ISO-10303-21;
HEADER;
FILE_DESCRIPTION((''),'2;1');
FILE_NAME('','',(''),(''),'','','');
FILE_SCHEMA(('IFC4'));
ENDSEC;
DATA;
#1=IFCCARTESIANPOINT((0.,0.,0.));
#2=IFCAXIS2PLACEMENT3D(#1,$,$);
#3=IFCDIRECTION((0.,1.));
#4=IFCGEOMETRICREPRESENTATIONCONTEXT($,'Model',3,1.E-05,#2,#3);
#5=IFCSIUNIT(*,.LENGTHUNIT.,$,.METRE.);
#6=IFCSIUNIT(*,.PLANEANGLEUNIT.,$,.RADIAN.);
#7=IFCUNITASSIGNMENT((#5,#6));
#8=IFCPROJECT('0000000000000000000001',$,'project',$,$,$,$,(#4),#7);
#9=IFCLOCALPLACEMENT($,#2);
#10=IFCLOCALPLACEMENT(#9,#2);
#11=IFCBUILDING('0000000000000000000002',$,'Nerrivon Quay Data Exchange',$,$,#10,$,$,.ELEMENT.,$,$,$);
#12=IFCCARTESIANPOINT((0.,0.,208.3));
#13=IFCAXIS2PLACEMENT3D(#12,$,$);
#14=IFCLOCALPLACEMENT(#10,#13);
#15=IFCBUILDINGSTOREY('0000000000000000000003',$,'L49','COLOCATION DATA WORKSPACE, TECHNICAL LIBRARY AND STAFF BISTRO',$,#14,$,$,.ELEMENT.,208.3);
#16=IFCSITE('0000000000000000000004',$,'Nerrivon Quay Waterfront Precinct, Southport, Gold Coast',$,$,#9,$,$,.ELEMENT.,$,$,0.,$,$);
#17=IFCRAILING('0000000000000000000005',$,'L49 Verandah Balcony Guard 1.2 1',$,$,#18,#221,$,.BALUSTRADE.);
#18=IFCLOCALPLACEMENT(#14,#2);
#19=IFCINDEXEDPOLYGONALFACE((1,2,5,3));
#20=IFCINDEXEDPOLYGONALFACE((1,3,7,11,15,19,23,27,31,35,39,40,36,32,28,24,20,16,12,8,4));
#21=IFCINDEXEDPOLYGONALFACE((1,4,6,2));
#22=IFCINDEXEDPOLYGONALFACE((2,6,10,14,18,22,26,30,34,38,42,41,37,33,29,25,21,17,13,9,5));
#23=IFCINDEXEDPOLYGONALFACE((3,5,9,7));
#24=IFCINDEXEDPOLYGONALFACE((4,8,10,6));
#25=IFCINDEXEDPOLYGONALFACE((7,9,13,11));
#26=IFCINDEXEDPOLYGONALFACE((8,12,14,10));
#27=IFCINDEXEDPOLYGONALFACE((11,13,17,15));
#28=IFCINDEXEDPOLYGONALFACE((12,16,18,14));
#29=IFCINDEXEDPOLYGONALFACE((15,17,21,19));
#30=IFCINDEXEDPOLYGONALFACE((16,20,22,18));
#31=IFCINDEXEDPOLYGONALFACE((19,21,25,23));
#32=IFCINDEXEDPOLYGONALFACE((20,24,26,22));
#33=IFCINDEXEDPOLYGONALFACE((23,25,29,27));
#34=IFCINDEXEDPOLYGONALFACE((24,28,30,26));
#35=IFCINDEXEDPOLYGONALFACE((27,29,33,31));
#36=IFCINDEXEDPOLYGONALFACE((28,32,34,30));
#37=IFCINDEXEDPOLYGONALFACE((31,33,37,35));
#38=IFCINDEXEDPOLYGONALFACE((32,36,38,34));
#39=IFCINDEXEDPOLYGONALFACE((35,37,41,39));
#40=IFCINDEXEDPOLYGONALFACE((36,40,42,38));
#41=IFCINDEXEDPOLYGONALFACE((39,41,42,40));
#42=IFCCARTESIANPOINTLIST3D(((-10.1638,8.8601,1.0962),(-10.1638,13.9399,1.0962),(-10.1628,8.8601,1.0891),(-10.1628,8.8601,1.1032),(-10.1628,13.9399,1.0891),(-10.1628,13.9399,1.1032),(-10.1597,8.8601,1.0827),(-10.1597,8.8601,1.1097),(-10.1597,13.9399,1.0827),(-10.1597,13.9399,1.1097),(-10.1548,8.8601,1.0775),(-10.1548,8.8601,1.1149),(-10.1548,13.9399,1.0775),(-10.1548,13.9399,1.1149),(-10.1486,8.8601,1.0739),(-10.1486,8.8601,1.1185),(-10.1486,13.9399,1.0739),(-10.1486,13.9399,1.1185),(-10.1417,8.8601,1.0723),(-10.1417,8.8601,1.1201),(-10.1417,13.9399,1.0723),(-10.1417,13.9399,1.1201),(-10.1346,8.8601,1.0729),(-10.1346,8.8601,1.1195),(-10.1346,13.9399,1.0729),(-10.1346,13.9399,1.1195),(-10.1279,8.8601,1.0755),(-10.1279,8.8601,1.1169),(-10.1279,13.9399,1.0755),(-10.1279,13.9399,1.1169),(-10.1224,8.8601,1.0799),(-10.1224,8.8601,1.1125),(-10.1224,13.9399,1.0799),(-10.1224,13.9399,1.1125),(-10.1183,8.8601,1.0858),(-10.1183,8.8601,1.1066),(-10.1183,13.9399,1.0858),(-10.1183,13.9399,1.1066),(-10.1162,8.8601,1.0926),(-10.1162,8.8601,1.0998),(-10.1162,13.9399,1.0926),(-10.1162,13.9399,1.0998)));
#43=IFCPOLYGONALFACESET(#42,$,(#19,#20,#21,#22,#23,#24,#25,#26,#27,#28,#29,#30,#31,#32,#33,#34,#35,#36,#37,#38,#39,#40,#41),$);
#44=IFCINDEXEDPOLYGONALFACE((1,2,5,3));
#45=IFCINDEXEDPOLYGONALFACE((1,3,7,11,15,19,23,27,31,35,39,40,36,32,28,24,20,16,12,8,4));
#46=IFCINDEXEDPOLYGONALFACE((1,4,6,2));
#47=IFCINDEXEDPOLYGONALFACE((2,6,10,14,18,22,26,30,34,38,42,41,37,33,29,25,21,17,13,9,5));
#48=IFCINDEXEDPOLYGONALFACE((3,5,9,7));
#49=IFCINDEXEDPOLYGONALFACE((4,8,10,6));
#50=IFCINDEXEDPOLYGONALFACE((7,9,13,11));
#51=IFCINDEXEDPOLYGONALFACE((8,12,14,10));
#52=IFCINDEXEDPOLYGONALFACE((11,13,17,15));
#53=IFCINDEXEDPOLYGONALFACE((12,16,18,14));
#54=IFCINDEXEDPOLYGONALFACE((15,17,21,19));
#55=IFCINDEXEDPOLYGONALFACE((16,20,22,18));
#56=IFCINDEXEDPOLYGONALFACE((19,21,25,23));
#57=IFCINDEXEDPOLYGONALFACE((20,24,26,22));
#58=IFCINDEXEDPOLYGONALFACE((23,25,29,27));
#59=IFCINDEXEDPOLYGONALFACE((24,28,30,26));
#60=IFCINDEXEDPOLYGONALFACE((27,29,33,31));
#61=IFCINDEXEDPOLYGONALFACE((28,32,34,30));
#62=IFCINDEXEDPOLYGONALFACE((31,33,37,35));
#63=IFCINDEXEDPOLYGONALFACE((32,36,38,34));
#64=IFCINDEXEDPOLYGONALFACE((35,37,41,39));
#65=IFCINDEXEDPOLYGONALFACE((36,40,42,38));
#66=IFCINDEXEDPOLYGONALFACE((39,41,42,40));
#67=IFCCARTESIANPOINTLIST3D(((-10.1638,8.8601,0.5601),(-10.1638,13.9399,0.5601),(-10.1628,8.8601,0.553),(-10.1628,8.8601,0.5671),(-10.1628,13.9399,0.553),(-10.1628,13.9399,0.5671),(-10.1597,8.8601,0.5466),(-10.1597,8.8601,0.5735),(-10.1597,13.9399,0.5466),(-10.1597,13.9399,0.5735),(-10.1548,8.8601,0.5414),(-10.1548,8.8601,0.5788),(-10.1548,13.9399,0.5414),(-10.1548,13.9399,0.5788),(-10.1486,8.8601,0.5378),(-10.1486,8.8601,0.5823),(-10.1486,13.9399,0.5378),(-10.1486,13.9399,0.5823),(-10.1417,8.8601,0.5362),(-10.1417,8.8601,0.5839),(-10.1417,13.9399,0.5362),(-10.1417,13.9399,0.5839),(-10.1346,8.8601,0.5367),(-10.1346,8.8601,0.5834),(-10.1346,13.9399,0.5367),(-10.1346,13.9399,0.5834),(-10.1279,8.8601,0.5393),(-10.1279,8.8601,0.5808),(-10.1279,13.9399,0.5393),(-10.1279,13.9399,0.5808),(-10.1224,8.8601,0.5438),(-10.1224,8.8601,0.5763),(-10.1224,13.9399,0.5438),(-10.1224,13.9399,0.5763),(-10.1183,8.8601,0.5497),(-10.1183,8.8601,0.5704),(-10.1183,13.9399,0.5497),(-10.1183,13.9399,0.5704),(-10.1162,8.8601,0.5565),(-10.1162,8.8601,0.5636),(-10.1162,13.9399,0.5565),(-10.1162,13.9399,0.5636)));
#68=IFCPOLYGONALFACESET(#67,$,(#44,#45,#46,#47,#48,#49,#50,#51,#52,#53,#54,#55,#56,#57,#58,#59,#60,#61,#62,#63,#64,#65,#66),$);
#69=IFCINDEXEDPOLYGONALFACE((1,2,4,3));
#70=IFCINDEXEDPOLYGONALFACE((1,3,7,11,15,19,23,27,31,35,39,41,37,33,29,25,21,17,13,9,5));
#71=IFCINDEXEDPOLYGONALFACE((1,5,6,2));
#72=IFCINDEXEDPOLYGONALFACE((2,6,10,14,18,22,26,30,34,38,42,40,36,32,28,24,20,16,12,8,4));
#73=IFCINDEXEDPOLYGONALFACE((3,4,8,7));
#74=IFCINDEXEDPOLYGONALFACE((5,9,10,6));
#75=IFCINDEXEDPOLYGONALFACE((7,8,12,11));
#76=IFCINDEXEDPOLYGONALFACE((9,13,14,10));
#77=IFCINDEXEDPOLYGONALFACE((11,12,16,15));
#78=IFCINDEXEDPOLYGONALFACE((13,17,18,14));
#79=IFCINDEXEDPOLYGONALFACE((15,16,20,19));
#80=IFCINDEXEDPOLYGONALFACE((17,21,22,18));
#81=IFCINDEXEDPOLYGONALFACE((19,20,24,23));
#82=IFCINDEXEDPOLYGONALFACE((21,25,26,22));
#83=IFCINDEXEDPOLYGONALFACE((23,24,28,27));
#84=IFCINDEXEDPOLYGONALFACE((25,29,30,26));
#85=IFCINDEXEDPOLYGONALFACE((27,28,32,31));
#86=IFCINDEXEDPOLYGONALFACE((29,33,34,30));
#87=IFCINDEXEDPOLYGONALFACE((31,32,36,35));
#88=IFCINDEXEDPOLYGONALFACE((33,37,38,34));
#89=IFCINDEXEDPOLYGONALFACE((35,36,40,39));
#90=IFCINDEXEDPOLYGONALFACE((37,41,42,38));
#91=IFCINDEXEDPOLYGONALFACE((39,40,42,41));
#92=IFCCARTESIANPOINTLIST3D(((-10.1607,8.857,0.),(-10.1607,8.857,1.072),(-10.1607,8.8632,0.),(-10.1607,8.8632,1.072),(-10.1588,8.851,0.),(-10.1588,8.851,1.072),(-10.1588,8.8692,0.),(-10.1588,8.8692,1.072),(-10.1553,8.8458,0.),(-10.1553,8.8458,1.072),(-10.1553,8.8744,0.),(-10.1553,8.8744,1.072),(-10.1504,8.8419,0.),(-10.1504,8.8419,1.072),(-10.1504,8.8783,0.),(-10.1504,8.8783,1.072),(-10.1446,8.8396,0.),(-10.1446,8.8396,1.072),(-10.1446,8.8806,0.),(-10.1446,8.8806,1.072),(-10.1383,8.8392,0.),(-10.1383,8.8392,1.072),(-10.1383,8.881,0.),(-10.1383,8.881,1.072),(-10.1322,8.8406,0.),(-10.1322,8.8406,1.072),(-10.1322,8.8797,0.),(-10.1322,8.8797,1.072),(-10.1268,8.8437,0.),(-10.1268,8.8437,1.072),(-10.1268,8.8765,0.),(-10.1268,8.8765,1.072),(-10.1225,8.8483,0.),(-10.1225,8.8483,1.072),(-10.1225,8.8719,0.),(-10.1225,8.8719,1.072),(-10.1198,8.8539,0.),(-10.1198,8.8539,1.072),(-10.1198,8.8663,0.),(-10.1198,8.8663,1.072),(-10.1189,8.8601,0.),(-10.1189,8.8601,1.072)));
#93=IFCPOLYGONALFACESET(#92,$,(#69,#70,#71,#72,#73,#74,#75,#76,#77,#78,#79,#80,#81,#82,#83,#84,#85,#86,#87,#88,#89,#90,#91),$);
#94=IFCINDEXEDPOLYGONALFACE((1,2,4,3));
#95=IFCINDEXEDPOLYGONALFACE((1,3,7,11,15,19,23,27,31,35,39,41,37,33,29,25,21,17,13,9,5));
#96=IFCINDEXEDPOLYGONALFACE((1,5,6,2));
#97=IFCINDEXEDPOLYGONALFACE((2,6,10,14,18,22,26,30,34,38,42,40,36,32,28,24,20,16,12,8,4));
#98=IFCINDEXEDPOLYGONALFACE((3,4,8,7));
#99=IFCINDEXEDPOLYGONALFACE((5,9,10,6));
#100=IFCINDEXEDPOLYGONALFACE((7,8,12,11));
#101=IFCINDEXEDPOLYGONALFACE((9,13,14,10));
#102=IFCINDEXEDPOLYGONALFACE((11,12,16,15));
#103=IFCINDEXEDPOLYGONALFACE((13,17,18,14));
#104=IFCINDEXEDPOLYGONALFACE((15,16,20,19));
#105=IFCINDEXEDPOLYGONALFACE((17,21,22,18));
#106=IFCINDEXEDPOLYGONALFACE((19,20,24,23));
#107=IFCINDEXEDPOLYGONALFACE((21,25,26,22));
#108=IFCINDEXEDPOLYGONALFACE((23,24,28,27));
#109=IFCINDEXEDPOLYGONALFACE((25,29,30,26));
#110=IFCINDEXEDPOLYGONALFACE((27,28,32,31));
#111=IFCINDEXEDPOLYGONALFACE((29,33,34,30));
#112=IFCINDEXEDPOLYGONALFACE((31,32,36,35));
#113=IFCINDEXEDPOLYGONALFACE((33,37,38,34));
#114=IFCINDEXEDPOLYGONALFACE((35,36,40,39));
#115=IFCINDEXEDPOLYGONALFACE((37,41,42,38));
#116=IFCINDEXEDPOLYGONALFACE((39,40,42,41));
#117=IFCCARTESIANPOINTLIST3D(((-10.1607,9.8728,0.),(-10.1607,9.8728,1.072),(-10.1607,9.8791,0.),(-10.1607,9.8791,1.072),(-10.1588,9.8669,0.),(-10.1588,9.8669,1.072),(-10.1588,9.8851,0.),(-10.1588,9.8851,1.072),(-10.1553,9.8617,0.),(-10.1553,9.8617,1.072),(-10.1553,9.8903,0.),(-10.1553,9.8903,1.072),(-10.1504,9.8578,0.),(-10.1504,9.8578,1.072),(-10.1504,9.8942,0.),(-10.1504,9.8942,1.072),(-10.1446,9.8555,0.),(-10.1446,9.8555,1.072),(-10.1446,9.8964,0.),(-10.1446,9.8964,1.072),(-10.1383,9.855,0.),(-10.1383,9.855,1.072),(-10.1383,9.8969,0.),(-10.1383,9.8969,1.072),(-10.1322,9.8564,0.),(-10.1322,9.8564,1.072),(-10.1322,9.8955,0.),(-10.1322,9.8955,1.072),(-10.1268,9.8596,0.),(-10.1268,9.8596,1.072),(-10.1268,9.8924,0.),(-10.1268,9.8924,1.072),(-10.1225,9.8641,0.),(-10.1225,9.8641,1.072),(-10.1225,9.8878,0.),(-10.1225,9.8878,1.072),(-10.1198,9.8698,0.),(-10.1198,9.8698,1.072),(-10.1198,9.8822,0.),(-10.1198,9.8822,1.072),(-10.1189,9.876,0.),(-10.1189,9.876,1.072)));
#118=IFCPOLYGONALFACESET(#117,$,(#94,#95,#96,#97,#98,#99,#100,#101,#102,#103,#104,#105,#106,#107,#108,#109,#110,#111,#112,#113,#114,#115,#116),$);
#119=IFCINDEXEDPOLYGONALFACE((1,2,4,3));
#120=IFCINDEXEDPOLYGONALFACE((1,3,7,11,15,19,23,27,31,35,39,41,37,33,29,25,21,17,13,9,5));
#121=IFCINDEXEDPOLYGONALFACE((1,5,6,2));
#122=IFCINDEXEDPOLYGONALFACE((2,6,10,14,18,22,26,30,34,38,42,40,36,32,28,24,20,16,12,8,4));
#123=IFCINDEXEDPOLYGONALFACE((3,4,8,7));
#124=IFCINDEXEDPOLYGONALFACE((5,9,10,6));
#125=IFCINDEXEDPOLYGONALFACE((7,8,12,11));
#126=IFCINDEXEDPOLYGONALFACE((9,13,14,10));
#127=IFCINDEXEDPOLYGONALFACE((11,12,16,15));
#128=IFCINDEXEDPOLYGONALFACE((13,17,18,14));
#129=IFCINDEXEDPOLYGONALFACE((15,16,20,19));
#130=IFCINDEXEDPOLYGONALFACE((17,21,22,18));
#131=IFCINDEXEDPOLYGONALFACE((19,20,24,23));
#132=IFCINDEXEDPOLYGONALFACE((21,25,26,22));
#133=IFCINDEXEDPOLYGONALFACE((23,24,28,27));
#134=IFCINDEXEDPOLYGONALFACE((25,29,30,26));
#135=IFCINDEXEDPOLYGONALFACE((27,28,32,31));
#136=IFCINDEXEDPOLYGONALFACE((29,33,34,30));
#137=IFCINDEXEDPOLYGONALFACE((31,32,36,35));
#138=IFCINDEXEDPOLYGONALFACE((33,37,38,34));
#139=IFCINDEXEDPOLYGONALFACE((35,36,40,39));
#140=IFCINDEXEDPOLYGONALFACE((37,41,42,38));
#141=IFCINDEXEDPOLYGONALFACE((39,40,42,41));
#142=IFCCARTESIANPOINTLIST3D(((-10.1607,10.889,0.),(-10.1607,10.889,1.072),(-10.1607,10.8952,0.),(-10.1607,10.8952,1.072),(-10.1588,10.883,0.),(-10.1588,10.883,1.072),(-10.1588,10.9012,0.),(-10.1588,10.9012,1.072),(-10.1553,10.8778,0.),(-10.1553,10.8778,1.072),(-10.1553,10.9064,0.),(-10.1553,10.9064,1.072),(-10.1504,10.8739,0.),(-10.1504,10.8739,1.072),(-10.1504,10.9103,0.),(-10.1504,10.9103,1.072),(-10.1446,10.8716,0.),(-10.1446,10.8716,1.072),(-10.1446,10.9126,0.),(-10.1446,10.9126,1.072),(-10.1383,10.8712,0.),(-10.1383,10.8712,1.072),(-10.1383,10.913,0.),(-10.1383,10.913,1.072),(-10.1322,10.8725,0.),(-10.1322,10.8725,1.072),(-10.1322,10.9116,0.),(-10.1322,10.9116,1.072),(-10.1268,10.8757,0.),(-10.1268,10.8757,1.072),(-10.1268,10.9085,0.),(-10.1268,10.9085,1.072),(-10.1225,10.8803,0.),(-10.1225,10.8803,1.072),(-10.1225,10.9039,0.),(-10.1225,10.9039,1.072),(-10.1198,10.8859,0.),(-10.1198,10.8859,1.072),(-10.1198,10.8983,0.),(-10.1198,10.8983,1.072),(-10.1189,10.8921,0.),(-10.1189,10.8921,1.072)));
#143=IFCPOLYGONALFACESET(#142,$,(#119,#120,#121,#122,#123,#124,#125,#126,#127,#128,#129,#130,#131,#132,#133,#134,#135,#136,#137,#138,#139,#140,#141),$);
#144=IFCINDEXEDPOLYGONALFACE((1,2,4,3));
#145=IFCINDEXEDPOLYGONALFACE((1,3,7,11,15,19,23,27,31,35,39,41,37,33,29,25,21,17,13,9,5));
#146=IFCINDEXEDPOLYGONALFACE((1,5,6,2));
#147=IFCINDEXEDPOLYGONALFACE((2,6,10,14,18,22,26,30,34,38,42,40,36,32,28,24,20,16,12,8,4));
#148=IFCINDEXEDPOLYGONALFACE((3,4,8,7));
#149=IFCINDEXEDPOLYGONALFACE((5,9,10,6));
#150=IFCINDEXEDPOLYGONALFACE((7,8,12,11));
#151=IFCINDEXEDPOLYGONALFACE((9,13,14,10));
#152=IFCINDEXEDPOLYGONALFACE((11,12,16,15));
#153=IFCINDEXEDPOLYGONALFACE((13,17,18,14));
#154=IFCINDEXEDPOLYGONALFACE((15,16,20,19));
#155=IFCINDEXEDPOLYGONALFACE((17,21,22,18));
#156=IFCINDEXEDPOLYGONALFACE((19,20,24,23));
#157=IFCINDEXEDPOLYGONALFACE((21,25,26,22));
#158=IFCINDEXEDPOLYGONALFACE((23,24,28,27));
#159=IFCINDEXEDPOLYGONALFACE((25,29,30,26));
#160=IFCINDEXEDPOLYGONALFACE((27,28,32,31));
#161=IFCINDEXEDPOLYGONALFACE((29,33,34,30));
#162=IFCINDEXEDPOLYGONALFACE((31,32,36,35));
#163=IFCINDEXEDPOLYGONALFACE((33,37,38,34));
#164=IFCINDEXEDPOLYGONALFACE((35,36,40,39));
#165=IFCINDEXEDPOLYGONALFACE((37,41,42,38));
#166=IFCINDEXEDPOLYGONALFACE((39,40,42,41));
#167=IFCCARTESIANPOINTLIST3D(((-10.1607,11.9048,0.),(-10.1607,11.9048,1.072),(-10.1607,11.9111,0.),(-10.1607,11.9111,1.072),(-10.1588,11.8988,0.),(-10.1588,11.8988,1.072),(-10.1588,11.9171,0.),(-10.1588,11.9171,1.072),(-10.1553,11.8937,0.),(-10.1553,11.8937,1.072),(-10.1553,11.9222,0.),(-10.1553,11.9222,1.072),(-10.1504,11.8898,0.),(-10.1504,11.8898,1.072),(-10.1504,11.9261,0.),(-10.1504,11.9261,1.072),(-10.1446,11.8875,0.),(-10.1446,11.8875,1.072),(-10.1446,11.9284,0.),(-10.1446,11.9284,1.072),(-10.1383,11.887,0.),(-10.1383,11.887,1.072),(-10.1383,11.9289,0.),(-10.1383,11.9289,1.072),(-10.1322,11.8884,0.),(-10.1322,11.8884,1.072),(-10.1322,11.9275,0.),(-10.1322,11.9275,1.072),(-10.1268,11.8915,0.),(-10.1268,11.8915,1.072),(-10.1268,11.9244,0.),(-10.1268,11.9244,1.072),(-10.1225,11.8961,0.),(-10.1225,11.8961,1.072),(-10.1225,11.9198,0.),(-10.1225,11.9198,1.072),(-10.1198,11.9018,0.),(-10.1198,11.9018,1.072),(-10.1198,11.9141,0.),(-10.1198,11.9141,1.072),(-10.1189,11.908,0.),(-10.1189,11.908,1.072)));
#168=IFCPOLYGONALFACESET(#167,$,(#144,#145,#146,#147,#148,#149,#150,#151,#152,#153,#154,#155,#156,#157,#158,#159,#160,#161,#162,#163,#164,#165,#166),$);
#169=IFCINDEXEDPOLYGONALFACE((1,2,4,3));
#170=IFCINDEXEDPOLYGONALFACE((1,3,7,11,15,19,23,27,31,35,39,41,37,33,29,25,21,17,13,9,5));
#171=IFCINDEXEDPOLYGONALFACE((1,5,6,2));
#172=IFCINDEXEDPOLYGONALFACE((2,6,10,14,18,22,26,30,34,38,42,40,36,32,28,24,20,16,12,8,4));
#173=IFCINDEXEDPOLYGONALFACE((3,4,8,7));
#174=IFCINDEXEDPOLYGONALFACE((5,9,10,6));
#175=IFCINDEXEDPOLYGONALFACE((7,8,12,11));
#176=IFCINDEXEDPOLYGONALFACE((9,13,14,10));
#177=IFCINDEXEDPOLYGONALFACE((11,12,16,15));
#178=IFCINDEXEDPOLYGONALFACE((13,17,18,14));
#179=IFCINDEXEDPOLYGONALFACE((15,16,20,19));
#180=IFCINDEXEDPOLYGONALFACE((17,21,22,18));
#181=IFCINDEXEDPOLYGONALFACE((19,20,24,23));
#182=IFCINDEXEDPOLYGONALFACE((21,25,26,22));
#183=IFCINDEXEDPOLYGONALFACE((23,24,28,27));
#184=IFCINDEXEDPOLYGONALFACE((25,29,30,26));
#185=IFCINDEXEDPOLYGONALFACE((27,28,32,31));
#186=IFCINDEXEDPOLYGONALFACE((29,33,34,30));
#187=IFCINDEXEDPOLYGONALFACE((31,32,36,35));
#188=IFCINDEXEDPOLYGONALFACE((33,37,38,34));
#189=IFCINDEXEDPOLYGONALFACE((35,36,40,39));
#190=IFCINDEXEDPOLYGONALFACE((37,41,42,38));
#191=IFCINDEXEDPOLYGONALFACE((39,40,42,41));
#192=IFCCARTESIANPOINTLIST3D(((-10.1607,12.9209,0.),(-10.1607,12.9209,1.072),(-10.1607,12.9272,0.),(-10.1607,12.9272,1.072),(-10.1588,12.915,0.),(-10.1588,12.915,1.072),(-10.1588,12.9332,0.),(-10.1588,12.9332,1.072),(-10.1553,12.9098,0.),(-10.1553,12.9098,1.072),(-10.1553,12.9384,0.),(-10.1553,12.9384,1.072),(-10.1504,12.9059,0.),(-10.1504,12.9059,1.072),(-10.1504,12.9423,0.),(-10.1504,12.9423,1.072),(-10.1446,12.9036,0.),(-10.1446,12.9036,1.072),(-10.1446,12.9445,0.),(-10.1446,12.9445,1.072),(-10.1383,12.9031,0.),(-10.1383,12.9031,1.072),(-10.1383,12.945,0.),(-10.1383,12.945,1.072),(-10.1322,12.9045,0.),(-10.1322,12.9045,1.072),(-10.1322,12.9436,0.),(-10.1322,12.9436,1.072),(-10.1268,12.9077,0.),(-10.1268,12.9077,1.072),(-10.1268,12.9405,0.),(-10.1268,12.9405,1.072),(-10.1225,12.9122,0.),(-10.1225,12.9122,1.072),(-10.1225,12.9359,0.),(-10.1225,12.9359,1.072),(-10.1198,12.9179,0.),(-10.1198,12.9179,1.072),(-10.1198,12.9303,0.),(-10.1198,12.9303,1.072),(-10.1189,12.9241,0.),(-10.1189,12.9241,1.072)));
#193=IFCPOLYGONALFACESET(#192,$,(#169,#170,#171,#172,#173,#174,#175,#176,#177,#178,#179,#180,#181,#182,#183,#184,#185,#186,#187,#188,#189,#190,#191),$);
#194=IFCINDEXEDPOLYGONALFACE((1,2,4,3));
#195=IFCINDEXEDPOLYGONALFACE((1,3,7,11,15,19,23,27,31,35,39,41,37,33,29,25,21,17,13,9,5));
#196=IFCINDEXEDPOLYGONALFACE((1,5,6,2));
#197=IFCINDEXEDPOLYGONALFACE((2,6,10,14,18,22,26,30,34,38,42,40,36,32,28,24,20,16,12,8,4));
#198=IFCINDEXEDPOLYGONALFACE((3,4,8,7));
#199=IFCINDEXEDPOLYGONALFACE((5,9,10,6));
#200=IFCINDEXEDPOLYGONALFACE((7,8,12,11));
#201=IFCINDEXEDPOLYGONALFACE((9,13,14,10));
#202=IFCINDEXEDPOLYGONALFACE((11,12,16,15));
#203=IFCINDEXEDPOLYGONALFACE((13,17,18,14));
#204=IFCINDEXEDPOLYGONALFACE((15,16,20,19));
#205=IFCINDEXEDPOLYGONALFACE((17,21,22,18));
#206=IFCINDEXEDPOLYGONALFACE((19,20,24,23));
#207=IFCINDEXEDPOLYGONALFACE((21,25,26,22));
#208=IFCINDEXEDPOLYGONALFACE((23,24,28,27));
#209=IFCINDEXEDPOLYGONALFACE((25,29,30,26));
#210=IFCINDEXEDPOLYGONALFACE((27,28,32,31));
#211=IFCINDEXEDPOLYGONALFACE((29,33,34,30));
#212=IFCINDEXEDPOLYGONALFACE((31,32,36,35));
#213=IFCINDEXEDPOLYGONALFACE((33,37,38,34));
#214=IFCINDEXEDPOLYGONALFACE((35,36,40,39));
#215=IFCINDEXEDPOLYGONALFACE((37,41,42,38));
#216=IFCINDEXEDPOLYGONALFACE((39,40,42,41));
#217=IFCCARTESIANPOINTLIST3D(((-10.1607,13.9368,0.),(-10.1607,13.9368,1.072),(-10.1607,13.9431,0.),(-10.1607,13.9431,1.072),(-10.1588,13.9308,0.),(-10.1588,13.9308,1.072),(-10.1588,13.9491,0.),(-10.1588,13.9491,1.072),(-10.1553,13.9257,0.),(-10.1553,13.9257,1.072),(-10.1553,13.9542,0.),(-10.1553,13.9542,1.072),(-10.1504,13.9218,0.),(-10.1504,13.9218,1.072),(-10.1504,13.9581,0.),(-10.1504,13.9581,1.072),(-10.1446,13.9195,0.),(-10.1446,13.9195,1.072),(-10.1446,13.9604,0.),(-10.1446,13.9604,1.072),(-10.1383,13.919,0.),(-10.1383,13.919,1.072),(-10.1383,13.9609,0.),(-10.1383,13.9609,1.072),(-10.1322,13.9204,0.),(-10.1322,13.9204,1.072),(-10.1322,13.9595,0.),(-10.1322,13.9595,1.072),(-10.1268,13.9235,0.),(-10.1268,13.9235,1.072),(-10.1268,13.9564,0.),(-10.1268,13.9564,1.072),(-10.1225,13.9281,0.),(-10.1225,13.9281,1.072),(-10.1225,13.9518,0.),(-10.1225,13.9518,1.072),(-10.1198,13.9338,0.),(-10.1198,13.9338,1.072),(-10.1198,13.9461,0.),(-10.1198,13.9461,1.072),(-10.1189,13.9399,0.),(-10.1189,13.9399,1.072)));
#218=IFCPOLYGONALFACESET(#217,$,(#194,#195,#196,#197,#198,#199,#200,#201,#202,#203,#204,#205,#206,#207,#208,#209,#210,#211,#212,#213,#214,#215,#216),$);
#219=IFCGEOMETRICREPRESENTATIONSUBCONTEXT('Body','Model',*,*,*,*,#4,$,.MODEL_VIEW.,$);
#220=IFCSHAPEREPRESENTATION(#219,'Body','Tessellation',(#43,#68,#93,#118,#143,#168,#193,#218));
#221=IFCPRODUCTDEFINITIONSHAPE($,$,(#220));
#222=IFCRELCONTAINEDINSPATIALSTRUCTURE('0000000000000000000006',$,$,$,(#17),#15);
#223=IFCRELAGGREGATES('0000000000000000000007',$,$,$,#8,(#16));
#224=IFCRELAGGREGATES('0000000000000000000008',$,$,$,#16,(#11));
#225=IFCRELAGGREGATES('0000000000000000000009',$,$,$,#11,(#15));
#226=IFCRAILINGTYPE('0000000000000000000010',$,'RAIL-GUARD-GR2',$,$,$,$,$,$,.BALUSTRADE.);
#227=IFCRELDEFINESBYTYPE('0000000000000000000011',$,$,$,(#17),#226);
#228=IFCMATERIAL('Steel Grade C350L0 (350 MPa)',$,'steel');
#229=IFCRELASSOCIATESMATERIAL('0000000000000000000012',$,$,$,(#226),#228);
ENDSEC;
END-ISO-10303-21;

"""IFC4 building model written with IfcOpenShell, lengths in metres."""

from ifc_helpers import new_model, si_unit, direction, frame, origin, origin_2d, place, context, subcontext, project, spatial, circle, extrude, material, type_object, element, save


model = new_model("IFC4")

# Units and contexts
model_context = context("Model", 3, precision=1e-05, world=origin(), true_north=direction((0.0, 1.0)))
body_context = subcontext(model_context, "Body", "Model", "MODEL_VIEW")
ifc_project = project(units=[si_unit("LENGTHUNIT", "METRE"), si_unit("PLANEANGLEUNIT", "RADIAN")], contexts=[model_context])

# Site, building, storey
site_placement = place(None, origin())
site = spatial("IfcSite", under=ifc_project, at=site_placement, Name="Nerrivon Quay Waterfront Precinct, Southport, Gold Coast", CompositionType="ELEMENT", RefElevation=0.0)
building_placement = place(site_placement, origin())
building = spatial("IfcBuilding", under=site, at=building_placement, Name="Nerrivon Quay Data Exchange", CompositionType="ELEMENT")
storey_placement = place(building_placement, frame((0.0, 0.0, 208.3)))
storey = spatial("IfcBuildingStorey", under=building, at=storey_placement, Name="L49", Description="COLOCATION DATA WORKSPACE, TECHNICAL LIBRARY AND STAFF BISTRO", CompositionType="ELEMENT", Elevation=208.3)

# Railing
ifc_material_1 = material(Name="Steel Grade C350L0 (350 MPa)", Category="steel")
railing_type = type_object("IfcRailingType", Name="RAIL-GUARD-GR2", PredefinedType="BALUSTRADE", material=ifc_material_1)
railing_1_placement = place(storey_placement, frame((-10.1399, 8.8601, 0.0)))
element("IfcRailing", 1, at=railing_1_placement, inside=storey, type_object=railing_type, Name="L49 Verandah Balcony Guard 1.2 1", PredefinedType="BALUSTRADE", context=body_context, shape_type="SweptSolid", body=[
    extrude(circle(Radius=0.0239, at=origin_2d()), frame((0.0, 0.0, 1.0962), z_axis=(0.0, 1.0, 0.0), x_axis=(-1.0, 0.0, 0.0)), (0.0, 0.0, 1.0), 5.0798),
    extrude(circle(Radius=0.0239, at=origin_2d()), frame((0.0, 0.0, 0.5601), z_axis=(0.0, 1.0, 0.0), x_axis=(-1.0, 0.0, 0.0)), (0.0, 0.0, 1.0), 5.0798),
    extrude(circle(Radius=0.021, at=origin_2d()), origin(), (0.0, 0.0, 1.0), 1.072),
    extrude(circle(Radius=0.021, at=origin_2d()), frame((0.0, 1.0159, 0.0)), (0.0, 0.0, 1.0), 1.072),
    extrude(circle(Radius=0.021, at=origin_2d()), frame((0.0, 2.032, 0.0)), (0.0, 0.0, 1.0), 1.072),
    extrude(circle(Radius=0.021, at=origin_2d()), frame((0.0, 3.0479, 0.0)), (0.0, 0.0, 1.0), 1.072),
    extrude(circle(Radius=0.021, at=origin_2d()), frame((0.0, 4.064, 0.0)), (0.0, 0.0, 1.0), 1.072),
    extrude(circle(Radius=0.021, at=origin_2d()), frame((0.0, 5.0798, 0.0)), (0.0, 0.0, 1.0), 1.072),
])

save(model, "model.ifc")
